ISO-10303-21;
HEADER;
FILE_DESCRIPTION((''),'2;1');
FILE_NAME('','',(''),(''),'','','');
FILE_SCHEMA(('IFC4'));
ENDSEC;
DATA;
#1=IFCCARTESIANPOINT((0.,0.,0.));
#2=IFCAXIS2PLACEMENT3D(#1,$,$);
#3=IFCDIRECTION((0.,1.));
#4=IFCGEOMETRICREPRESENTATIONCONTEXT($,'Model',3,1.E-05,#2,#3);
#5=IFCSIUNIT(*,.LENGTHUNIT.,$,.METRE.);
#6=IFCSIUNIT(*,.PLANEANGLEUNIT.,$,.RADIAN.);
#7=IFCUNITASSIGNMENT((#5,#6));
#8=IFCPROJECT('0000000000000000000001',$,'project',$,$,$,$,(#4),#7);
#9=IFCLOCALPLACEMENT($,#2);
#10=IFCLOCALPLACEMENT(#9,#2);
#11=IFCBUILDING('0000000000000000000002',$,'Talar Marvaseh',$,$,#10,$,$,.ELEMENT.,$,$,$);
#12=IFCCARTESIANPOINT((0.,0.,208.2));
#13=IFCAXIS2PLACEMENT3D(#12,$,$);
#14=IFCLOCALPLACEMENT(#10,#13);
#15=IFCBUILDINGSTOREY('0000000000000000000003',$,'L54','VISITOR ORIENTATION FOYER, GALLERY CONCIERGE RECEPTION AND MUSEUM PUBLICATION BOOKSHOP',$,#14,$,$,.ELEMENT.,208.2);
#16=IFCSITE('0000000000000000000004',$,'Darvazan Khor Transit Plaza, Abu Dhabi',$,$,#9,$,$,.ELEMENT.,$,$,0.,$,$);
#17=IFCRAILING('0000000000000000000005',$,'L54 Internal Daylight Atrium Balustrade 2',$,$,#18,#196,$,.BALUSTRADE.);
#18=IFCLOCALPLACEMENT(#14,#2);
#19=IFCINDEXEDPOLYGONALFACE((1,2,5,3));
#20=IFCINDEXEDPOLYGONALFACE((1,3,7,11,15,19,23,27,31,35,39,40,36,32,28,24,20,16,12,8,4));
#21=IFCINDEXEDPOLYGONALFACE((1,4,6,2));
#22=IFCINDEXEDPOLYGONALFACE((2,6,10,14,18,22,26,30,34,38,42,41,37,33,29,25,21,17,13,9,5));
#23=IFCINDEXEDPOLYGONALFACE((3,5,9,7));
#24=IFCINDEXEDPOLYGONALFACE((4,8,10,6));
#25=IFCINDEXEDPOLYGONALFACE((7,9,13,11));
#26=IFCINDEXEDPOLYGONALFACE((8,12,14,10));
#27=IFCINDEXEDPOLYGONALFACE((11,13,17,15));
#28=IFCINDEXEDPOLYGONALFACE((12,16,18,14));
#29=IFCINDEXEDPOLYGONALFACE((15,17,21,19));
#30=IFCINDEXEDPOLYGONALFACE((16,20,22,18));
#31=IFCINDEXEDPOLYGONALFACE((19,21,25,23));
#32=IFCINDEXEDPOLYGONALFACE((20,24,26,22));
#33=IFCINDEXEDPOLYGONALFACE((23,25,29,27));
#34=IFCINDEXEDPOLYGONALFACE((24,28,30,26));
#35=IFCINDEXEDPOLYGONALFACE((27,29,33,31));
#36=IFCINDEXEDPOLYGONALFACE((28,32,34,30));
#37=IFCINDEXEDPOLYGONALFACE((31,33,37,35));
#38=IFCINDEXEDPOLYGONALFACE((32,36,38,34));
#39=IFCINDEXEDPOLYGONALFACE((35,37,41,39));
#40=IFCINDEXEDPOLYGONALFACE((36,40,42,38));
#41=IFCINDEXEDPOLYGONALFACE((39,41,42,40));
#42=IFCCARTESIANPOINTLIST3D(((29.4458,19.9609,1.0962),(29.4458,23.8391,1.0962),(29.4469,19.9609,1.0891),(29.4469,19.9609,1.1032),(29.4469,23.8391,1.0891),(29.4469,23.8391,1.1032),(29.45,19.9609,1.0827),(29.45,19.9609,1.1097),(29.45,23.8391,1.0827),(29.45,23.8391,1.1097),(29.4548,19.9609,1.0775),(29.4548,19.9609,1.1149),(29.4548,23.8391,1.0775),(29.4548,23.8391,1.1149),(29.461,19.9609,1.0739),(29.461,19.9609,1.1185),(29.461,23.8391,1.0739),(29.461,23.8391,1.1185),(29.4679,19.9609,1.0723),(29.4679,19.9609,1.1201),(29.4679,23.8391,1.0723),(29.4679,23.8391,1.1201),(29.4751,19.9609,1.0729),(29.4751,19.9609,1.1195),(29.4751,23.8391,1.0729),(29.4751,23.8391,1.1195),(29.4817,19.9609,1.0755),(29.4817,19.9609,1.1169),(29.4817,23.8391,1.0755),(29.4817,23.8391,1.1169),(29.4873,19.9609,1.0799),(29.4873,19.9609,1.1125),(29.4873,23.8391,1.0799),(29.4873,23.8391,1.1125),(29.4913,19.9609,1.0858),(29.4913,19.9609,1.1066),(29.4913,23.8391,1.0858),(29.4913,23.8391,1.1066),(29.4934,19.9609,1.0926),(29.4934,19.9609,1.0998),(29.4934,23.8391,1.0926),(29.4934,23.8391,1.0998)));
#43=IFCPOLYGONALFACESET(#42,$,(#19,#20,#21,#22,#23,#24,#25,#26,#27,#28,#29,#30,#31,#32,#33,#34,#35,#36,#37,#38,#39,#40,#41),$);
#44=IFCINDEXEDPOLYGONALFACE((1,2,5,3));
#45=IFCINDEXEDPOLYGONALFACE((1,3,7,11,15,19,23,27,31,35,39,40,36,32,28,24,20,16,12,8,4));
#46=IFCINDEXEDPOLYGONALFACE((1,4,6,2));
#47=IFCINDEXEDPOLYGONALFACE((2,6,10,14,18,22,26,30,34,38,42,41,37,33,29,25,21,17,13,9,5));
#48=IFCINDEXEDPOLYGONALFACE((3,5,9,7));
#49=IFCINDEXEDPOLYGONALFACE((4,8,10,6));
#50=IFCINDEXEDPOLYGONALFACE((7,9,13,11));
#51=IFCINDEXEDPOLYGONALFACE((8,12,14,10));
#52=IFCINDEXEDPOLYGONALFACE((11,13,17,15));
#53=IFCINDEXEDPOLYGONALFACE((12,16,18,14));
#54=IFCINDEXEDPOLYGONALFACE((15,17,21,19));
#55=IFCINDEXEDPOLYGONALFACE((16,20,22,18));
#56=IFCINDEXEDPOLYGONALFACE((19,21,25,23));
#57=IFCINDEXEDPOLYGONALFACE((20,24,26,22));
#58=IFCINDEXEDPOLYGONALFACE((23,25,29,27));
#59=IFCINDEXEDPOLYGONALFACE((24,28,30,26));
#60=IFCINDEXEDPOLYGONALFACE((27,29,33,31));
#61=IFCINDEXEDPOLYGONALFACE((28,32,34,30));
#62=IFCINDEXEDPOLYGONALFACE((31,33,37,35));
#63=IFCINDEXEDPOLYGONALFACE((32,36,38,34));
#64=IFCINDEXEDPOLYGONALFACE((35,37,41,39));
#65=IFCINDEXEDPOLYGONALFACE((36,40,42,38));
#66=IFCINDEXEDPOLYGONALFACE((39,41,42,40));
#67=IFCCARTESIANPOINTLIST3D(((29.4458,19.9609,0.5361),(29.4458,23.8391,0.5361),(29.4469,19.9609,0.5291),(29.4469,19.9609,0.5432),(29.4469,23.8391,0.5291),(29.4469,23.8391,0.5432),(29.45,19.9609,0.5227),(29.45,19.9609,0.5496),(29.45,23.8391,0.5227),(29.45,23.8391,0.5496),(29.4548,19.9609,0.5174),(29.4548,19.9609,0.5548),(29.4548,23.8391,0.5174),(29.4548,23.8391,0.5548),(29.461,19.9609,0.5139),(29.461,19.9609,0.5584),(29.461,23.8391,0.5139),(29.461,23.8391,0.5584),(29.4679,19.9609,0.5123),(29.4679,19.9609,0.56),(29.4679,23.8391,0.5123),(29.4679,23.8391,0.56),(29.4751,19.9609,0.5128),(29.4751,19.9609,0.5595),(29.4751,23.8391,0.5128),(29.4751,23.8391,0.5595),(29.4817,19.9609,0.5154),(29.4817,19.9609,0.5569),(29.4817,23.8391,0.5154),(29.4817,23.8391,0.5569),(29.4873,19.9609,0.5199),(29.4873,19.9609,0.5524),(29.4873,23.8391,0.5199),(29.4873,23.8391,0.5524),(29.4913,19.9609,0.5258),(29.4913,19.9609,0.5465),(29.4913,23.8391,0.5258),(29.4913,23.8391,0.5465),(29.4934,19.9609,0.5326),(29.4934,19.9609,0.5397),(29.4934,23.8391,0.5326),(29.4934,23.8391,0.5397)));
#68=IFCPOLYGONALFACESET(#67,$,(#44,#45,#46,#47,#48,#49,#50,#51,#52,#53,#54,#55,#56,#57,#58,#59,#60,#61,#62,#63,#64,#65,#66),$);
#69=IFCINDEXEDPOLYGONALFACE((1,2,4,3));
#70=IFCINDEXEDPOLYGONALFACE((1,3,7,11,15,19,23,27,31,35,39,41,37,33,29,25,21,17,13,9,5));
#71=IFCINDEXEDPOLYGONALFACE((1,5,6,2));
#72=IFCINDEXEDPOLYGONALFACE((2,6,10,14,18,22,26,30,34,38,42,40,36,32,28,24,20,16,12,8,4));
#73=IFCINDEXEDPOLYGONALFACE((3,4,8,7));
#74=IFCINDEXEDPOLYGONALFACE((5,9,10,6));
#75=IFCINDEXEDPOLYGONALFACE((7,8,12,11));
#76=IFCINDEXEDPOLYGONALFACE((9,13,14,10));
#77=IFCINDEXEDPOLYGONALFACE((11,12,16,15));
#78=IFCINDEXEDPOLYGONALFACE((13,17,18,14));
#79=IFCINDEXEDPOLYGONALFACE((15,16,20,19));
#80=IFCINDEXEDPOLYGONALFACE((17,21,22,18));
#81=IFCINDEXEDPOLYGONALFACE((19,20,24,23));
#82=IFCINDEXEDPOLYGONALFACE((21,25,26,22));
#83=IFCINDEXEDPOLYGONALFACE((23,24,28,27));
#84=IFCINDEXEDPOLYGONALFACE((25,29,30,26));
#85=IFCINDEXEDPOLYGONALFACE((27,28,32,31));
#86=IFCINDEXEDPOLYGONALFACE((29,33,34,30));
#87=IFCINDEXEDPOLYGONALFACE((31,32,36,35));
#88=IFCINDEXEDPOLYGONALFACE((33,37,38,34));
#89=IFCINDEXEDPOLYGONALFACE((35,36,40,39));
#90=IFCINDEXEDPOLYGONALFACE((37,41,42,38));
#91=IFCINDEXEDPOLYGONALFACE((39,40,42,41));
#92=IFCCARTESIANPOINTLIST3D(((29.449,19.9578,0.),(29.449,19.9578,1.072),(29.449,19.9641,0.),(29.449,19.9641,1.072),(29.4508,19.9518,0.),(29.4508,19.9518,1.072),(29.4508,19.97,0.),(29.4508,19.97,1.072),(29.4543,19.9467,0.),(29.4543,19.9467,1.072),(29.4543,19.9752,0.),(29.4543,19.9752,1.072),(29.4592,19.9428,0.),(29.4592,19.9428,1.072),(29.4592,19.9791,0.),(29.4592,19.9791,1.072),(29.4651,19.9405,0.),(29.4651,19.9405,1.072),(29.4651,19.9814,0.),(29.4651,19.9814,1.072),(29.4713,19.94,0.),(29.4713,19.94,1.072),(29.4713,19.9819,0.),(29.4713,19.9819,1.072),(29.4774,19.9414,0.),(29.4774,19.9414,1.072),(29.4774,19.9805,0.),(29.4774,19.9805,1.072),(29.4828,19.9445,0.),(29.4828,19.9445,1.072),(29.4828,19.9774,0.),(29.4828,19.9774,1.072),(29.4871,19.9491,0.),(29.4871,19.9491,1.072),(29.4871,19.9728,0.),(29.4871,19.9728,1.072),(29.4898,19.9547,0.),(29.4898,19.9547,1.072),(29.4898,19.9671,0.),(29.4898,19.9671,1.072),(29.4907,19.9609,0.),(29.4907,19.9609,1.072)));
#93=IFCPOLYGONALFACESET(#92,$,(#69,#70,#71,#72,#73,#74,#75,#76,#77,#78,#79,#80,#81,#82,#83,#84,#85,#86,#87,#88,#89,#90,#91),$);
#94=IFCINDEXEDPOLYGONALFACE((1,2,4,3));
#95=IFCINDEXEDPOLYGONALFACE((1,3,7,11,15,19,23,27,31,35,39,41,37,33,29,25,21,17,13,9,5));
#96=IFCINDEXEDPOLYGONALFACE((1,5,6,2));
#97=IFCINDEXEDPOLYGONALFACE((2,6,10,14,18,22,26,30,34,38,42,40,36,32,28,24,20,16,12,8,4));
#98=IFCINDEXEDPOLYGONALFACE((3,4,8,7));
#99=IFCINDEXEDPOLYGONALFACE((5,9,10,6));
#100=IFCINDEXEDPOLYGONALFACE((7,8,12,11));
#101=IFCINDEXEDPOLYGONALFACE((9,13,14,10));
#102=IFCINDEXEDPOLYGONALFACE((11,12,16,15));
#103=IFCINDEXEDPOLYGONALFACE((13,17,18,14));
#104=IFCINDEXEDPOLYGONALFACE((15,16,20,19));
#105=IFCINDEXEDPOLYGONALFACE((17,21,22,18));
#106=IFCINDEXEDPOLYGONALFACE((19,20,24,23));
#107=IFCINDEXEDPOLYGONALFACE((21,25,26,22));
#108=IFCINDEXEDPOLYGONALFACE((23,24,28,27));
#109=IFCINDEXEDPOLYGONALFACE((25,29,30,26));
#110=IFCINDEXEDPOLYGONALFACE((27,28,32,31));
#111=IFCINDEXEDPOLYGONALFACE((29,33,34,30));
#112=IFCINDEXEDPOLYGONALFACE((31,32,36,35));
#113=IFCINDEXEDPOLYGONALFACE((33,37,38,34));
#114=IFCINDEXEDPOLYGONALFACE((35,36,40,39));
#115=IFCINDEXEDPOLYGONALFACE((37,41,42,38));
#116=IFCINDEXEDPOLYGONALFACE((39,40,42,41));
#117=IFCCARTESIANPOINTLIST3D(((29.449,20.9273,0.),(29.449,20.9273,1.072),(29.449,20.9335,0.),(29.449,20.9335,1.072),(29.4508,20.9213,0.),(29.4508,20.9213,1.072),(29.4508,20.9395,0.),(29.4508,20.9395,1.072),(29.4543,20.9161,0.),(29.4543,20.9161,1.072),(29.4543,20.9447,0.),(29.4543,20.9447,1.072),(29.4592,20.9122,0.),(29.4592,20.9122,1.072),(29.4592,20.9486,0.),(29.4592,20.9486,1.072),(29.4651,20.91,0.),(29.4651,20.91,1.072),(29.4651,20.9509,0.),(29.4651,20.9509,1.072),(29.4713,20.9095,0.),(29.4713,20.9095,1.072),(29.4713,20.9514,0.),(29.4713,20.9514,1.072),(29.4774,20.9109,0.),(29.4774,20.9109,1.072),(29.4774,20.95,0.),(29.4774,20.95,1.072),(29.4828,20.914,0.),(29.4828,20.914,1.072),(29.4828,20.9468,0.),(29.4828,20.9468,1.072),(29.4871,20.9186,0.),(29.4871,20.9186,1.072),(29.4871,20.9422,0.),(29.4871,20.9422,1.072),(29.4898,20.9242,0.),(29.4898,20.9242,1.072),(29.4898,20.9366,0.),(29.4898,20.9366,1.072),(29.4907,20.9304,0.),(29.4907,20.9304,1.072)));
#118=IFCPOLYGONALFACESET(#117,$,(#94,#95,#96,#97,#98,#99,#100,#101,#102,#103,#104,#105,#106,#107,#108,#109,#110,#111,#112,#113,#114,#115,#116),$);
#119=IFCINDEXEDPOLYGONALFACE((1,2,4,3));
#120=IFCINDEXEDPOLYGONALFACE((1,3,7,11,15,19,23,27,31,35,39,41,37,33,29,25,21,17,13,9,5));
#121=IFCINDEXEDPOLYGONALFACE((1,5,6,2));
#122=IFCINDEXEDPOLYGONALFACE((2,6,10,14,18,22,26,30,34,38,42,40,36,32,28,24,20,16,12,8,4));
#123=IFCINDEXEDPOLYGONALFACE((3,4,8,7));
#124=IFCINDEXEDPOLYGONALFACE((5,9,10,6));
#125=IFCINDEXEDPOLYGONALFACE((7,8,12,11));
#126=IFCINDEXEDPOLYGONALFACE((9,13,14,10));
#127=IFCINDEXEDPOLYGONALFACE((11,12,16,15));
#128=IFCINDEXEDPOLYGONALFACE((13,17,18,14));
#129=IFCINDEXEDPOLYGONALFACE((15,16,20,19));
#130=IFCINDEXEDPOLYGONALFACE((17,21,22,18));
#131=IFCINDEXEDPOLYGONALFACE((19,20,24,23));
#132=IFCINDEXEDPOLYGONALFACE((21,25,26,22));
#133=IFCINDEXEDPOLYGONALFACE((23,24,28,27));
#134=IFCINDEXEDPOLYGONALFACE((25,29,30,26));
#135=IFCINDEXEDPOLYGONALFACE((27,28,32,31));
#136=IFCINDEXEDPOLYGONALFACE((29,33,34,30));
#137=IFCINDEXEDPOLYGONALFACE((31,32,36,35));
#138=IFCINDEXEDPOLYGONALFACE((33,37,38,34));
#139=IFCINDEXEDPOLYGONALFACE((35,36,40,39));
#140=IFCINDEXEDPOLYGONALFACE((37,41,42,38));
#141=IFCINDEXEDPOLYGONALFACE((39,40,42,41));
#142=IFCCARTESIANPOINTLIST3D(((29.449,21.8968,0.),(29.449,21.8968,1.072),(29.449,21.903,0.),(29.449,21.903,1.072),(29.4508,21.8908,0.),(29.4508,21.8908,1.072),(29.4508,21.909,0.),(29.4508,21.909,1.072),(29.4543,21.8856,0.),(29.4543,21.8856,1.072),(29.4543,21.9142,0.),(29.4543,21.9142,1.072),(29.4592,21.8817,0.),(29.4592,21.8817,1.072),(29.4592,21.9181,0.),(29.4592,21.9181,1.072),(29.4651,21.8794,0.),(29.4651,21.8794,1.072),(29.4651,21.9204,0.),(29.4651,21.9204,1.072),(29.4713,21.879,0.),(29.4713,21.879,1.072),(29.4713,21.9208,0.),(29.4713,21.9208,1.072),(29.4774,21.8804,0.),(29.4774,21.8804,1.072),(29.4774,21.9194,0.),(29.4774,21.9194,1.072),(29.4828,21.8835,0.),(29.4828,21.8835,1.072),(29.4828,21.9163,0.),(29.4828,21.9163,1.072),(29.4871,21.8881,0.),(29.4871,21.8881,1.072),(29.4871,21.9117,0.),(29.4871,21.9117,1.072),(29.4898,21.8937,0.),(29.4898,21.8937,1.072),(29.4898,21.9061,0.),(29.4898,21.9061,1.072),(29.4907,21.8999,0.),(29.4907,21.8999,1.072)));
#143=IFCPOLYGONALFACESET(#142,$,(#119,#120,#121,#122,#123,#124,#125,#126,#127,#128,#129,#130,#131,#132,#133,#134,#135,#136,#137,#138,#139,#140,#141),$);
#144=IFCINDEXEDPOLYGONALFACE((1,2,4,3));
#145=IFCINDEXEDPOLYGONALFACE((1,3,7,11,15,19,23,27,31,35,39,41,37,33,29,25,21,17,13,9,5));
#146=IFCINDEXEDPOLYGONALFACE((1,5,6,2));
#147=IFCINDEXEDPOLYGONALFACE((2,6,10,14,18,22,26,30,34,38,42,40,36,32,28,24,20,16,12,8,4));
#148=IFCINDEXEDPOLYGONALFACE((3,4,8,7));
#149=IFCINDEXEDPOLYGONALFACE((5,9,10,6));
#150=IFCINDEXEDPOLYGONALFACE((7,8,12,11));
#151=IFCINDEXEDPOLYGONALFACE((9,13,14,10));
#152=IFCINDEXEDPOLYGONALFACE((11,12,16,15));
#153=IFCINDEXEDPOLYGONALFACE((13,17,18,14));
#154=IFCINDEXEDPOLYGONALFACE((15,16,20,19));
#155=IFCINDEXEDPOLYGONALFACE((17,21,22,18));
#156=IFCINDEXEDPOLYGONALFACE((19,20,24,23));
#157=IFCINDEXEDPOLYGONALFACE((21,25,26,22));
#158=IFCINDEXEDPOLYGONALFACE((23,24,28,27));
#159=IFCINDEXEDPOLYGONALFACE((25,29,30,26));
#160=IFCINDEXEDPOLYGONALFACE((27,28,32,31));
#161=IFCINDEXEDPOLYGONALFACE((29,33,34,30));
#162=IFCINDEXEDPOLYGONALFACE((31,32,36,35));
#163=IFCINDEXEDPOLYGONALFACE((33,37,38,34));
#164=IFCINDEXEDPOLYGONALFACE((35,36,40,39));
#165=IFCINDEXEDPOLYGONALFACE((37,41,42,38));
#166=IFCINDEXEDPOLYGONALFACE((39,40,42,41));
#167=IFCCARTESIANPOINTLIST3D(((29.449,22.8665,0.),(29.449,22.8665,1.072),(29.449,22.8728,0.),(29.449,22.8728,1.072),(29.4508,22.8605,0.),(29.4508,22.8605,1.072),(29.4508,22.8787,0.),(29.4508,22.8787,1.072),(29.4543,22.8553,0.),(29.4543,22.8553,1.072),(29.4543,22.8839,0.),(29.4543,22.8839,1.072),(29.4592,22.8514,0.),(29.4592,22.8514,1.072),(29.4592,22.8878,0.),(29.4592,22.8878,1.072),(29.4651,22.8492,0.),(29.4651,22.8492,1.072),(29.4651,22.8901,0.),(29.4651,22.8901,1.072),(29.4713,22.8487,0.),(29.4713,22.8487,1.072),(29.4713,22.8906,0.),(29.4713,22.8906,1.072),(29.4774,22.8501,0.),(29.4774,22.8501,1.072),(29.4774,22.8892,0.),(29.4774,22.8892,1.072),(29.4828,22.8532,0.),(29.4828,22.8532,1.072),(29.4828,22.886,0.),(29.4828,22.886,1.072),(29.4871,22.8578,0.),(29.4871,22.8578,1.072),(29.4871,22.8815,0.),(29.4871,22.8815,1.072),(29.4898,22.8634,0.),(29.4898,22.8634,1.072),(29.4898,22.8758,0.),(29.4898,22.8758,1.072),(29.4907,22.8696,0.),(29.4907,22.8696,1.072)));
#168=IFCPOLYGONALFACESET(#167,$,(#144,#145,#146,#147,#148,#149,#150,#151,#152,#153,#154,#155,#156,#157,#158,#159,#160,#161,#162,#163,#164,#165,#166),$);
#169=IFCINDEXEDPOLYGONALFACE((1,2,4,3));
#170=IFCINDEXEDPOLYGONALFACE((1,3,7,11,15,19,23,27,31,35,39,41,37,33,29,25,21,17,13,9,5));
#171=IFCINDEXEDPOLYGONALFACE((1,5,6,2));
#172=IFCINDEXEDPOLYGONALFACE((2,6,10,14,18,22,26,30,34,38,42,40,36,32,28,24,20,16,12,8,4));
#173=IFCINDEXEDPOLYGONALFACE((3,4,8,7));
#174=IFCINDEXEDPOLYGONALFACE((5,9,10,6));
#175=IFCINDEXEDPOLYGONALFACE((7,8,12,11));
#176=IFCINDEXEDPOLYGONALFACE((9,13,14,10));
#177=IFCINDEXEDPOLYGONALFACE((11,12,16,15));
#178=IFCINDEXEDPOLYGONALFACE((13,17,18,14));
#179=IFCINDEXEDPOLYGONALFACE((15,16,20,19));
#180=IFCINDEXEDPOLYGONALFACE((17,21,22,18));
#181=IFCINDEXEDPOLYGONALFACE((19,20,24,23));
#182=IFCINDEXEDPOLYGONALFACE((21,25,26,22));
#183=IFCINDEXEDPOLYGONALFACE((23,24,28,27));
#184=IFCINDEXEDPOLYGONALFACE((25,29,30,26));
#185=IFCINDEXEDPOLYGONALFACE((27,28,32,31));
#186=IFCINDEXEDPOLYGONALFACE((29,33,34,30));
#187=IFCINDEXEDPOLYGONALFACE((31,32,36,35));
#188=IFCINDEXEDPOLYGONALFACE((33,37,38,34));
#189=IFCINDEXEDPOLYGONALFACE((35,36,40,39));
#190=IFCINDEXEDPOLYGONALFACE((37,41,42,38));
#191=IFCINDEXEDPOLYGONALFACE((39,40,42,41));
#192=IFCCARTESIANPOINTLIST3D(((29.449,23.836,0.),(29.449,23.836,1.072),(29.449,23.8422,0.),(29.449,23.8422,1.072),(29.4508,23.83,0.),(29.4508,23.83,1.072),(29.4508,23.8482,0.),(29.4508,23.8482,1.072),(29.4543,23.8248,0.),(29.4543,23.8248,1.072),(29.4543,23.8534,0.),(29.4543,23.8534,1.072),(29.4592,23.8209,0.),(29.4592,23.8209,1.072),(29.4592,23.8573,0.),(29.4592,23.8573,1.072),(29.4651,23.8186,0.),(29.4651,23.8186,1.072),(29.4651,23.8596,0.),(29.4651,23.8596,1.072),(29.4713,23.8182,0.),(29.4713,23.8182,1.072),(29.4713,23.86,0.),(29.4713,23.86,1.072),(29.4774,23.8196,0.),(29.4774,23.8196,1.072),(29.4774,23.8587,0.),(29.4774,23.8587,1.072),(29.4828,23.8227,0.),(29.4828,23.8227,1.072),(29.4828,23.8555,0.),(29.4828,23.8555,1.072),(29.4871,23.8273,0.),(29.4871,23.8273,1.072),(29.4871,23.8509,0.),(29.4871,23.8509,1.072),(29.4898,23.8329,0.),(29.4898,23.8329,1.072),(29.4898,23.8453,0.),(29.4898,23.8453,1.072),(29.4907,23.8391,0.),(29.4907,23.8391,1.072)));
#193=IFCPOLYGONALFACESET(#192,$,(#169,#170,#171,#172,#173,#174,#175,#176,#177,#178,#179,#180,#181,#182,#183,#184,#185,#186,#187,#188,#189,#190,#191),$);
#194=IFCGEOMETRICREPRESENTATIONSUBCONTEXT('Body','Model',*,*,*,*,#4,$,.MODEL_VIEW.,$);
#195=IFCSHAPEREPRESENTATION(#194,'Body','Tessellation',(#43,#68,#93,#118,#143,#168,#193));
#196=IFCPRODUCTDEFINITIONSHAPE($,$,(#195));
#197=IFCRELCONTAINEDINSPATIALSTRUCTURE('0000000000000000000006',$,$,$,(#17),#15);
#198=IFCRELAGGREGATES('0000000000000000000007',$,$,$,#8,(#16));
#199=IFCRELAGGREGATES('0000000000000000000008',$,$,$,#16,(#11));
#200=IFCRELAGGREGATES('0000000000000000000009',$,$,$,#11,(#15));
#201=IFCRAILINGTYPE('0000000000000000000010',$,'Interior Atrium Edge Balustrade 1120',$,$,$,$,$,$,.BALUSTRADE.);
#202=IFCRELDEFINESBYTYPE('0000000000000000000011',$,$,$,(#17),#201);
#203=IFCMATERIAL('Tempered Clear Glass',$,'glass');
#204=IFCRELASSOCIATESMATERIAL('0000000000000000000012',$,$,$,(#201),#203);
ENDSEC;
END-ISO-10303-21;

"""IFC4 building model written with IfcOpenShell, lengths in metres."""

from ifc_helpers import new_model, si_unit, direction, frame, origin, origin_2d, place, context, subcontext, project, spatial, circle, extrude, material, type_object, element, save


model = new_model("IFC4")

# Units and contexts
model_context = context("Model", 3, precision=1e-05, world=origin(), true_north=direction((0.0, 1.0)))
body_context = subcontext(model_context, "Body", "Model", "MODEL_VIEW")
ifc_project = project(units=[si_unit("LENGTHUNIT", "METRE"), si_unit("PLANEANGLEUNIT", "RADIAN")], contexts=[model_context])

# Site, building, storey
site_placement = place(None, origin())
site = spatial("IfcSite", under=ifc_project, at=site_placement, Name="Darvazan Khor Transit Plaza, Abu Dhabi", CompositionType="ELEMENT", RefElevation=0.0)
building_placement = place(site_placement, origin())
building = spatial("IfcBuilding", under=site, at=building_placement, Name="Talar Marvaseh", CompositionType="ELEMENT")
storey_placement = place(building_placement, frame((0.0, 0.0, 208.2)))
storey = spatial("IfcBuildingStorey", under=building, at=storey_placement, Name="L54", Description="VISITOR ORIENTATION FOYER, GALLERY CONCIERGE RECEPTION AND MUSEUM PUBLICATION BOOKSHOP", CompositionType="ELEMENT", Elevation=208.2)

# Railing
ifc_material_1 = material(Name="Tempered Clear Glass", Category="glass")
railing_type = type_object("IfcRailingType", Name="Interior Atrium Edge Balustrade 1120", PredefinedType="BALUSTRADE", material=ifc_material_1)
railing_1_placement = place(storey_placement, frame((29.4697, 19.9609, 0.0)))
element("IfcRailing", 1, at=railing_1_placement, inside=storey, type_object=railing_type, Name="L54 Internal Daylight Atrium Balustrade 2", PredefinedType="BALUSTRADE", context=body_context, shape_type="SweptSolid", body=[
    extrude(circle(Radius=0.0239, at=origin_2d()), frame((0.0, 0.0, 1.0962), z_axis=(0.0, 1.0, 0.0), x_axis=(-1.0, 0.0, 0.0)), (0.0, 0.0, 1.0), 3.8782),
    extrude(circle(Radius=0.0239, at=origin_2d()), frame((0.0, 0.0, 0.5361), z_axis=(0.0, 1.0, 0.0), x_axis=(-1.0, 0.0, 0.0)), (0.0, 0.0, 1.0), 3.8782),
    extrude(circle(Radius=0.021, at=origin_2d()), origin(), (0.0, 0.0, 1.0), 1.072),
    extrude(circle(Radius=0.021, at=origin_2d()), frame((0.0, 0.9695, 0.0)), (0.0, 0.0, 1.0), 1.072),
    extrude(circle(Radius=0.021, at=origin_2d()), frame((0.0, 1.939, 0.0)), (0.0, 0.0, 1.0), 1.072),
    extrude(circle(Radius=0.021, at=origin_2d()), frame((0.0, 2.9087, 0.0)), (0.0, 0.0, 1.0), 1.072),
    extrude(circle(Radius=0.021, at=origin_2d()), frame((0.0, 3.8782, 0.0)), (0.0, 0.0, 1.0), 1.072),
])

save(model, "model.ifc")
